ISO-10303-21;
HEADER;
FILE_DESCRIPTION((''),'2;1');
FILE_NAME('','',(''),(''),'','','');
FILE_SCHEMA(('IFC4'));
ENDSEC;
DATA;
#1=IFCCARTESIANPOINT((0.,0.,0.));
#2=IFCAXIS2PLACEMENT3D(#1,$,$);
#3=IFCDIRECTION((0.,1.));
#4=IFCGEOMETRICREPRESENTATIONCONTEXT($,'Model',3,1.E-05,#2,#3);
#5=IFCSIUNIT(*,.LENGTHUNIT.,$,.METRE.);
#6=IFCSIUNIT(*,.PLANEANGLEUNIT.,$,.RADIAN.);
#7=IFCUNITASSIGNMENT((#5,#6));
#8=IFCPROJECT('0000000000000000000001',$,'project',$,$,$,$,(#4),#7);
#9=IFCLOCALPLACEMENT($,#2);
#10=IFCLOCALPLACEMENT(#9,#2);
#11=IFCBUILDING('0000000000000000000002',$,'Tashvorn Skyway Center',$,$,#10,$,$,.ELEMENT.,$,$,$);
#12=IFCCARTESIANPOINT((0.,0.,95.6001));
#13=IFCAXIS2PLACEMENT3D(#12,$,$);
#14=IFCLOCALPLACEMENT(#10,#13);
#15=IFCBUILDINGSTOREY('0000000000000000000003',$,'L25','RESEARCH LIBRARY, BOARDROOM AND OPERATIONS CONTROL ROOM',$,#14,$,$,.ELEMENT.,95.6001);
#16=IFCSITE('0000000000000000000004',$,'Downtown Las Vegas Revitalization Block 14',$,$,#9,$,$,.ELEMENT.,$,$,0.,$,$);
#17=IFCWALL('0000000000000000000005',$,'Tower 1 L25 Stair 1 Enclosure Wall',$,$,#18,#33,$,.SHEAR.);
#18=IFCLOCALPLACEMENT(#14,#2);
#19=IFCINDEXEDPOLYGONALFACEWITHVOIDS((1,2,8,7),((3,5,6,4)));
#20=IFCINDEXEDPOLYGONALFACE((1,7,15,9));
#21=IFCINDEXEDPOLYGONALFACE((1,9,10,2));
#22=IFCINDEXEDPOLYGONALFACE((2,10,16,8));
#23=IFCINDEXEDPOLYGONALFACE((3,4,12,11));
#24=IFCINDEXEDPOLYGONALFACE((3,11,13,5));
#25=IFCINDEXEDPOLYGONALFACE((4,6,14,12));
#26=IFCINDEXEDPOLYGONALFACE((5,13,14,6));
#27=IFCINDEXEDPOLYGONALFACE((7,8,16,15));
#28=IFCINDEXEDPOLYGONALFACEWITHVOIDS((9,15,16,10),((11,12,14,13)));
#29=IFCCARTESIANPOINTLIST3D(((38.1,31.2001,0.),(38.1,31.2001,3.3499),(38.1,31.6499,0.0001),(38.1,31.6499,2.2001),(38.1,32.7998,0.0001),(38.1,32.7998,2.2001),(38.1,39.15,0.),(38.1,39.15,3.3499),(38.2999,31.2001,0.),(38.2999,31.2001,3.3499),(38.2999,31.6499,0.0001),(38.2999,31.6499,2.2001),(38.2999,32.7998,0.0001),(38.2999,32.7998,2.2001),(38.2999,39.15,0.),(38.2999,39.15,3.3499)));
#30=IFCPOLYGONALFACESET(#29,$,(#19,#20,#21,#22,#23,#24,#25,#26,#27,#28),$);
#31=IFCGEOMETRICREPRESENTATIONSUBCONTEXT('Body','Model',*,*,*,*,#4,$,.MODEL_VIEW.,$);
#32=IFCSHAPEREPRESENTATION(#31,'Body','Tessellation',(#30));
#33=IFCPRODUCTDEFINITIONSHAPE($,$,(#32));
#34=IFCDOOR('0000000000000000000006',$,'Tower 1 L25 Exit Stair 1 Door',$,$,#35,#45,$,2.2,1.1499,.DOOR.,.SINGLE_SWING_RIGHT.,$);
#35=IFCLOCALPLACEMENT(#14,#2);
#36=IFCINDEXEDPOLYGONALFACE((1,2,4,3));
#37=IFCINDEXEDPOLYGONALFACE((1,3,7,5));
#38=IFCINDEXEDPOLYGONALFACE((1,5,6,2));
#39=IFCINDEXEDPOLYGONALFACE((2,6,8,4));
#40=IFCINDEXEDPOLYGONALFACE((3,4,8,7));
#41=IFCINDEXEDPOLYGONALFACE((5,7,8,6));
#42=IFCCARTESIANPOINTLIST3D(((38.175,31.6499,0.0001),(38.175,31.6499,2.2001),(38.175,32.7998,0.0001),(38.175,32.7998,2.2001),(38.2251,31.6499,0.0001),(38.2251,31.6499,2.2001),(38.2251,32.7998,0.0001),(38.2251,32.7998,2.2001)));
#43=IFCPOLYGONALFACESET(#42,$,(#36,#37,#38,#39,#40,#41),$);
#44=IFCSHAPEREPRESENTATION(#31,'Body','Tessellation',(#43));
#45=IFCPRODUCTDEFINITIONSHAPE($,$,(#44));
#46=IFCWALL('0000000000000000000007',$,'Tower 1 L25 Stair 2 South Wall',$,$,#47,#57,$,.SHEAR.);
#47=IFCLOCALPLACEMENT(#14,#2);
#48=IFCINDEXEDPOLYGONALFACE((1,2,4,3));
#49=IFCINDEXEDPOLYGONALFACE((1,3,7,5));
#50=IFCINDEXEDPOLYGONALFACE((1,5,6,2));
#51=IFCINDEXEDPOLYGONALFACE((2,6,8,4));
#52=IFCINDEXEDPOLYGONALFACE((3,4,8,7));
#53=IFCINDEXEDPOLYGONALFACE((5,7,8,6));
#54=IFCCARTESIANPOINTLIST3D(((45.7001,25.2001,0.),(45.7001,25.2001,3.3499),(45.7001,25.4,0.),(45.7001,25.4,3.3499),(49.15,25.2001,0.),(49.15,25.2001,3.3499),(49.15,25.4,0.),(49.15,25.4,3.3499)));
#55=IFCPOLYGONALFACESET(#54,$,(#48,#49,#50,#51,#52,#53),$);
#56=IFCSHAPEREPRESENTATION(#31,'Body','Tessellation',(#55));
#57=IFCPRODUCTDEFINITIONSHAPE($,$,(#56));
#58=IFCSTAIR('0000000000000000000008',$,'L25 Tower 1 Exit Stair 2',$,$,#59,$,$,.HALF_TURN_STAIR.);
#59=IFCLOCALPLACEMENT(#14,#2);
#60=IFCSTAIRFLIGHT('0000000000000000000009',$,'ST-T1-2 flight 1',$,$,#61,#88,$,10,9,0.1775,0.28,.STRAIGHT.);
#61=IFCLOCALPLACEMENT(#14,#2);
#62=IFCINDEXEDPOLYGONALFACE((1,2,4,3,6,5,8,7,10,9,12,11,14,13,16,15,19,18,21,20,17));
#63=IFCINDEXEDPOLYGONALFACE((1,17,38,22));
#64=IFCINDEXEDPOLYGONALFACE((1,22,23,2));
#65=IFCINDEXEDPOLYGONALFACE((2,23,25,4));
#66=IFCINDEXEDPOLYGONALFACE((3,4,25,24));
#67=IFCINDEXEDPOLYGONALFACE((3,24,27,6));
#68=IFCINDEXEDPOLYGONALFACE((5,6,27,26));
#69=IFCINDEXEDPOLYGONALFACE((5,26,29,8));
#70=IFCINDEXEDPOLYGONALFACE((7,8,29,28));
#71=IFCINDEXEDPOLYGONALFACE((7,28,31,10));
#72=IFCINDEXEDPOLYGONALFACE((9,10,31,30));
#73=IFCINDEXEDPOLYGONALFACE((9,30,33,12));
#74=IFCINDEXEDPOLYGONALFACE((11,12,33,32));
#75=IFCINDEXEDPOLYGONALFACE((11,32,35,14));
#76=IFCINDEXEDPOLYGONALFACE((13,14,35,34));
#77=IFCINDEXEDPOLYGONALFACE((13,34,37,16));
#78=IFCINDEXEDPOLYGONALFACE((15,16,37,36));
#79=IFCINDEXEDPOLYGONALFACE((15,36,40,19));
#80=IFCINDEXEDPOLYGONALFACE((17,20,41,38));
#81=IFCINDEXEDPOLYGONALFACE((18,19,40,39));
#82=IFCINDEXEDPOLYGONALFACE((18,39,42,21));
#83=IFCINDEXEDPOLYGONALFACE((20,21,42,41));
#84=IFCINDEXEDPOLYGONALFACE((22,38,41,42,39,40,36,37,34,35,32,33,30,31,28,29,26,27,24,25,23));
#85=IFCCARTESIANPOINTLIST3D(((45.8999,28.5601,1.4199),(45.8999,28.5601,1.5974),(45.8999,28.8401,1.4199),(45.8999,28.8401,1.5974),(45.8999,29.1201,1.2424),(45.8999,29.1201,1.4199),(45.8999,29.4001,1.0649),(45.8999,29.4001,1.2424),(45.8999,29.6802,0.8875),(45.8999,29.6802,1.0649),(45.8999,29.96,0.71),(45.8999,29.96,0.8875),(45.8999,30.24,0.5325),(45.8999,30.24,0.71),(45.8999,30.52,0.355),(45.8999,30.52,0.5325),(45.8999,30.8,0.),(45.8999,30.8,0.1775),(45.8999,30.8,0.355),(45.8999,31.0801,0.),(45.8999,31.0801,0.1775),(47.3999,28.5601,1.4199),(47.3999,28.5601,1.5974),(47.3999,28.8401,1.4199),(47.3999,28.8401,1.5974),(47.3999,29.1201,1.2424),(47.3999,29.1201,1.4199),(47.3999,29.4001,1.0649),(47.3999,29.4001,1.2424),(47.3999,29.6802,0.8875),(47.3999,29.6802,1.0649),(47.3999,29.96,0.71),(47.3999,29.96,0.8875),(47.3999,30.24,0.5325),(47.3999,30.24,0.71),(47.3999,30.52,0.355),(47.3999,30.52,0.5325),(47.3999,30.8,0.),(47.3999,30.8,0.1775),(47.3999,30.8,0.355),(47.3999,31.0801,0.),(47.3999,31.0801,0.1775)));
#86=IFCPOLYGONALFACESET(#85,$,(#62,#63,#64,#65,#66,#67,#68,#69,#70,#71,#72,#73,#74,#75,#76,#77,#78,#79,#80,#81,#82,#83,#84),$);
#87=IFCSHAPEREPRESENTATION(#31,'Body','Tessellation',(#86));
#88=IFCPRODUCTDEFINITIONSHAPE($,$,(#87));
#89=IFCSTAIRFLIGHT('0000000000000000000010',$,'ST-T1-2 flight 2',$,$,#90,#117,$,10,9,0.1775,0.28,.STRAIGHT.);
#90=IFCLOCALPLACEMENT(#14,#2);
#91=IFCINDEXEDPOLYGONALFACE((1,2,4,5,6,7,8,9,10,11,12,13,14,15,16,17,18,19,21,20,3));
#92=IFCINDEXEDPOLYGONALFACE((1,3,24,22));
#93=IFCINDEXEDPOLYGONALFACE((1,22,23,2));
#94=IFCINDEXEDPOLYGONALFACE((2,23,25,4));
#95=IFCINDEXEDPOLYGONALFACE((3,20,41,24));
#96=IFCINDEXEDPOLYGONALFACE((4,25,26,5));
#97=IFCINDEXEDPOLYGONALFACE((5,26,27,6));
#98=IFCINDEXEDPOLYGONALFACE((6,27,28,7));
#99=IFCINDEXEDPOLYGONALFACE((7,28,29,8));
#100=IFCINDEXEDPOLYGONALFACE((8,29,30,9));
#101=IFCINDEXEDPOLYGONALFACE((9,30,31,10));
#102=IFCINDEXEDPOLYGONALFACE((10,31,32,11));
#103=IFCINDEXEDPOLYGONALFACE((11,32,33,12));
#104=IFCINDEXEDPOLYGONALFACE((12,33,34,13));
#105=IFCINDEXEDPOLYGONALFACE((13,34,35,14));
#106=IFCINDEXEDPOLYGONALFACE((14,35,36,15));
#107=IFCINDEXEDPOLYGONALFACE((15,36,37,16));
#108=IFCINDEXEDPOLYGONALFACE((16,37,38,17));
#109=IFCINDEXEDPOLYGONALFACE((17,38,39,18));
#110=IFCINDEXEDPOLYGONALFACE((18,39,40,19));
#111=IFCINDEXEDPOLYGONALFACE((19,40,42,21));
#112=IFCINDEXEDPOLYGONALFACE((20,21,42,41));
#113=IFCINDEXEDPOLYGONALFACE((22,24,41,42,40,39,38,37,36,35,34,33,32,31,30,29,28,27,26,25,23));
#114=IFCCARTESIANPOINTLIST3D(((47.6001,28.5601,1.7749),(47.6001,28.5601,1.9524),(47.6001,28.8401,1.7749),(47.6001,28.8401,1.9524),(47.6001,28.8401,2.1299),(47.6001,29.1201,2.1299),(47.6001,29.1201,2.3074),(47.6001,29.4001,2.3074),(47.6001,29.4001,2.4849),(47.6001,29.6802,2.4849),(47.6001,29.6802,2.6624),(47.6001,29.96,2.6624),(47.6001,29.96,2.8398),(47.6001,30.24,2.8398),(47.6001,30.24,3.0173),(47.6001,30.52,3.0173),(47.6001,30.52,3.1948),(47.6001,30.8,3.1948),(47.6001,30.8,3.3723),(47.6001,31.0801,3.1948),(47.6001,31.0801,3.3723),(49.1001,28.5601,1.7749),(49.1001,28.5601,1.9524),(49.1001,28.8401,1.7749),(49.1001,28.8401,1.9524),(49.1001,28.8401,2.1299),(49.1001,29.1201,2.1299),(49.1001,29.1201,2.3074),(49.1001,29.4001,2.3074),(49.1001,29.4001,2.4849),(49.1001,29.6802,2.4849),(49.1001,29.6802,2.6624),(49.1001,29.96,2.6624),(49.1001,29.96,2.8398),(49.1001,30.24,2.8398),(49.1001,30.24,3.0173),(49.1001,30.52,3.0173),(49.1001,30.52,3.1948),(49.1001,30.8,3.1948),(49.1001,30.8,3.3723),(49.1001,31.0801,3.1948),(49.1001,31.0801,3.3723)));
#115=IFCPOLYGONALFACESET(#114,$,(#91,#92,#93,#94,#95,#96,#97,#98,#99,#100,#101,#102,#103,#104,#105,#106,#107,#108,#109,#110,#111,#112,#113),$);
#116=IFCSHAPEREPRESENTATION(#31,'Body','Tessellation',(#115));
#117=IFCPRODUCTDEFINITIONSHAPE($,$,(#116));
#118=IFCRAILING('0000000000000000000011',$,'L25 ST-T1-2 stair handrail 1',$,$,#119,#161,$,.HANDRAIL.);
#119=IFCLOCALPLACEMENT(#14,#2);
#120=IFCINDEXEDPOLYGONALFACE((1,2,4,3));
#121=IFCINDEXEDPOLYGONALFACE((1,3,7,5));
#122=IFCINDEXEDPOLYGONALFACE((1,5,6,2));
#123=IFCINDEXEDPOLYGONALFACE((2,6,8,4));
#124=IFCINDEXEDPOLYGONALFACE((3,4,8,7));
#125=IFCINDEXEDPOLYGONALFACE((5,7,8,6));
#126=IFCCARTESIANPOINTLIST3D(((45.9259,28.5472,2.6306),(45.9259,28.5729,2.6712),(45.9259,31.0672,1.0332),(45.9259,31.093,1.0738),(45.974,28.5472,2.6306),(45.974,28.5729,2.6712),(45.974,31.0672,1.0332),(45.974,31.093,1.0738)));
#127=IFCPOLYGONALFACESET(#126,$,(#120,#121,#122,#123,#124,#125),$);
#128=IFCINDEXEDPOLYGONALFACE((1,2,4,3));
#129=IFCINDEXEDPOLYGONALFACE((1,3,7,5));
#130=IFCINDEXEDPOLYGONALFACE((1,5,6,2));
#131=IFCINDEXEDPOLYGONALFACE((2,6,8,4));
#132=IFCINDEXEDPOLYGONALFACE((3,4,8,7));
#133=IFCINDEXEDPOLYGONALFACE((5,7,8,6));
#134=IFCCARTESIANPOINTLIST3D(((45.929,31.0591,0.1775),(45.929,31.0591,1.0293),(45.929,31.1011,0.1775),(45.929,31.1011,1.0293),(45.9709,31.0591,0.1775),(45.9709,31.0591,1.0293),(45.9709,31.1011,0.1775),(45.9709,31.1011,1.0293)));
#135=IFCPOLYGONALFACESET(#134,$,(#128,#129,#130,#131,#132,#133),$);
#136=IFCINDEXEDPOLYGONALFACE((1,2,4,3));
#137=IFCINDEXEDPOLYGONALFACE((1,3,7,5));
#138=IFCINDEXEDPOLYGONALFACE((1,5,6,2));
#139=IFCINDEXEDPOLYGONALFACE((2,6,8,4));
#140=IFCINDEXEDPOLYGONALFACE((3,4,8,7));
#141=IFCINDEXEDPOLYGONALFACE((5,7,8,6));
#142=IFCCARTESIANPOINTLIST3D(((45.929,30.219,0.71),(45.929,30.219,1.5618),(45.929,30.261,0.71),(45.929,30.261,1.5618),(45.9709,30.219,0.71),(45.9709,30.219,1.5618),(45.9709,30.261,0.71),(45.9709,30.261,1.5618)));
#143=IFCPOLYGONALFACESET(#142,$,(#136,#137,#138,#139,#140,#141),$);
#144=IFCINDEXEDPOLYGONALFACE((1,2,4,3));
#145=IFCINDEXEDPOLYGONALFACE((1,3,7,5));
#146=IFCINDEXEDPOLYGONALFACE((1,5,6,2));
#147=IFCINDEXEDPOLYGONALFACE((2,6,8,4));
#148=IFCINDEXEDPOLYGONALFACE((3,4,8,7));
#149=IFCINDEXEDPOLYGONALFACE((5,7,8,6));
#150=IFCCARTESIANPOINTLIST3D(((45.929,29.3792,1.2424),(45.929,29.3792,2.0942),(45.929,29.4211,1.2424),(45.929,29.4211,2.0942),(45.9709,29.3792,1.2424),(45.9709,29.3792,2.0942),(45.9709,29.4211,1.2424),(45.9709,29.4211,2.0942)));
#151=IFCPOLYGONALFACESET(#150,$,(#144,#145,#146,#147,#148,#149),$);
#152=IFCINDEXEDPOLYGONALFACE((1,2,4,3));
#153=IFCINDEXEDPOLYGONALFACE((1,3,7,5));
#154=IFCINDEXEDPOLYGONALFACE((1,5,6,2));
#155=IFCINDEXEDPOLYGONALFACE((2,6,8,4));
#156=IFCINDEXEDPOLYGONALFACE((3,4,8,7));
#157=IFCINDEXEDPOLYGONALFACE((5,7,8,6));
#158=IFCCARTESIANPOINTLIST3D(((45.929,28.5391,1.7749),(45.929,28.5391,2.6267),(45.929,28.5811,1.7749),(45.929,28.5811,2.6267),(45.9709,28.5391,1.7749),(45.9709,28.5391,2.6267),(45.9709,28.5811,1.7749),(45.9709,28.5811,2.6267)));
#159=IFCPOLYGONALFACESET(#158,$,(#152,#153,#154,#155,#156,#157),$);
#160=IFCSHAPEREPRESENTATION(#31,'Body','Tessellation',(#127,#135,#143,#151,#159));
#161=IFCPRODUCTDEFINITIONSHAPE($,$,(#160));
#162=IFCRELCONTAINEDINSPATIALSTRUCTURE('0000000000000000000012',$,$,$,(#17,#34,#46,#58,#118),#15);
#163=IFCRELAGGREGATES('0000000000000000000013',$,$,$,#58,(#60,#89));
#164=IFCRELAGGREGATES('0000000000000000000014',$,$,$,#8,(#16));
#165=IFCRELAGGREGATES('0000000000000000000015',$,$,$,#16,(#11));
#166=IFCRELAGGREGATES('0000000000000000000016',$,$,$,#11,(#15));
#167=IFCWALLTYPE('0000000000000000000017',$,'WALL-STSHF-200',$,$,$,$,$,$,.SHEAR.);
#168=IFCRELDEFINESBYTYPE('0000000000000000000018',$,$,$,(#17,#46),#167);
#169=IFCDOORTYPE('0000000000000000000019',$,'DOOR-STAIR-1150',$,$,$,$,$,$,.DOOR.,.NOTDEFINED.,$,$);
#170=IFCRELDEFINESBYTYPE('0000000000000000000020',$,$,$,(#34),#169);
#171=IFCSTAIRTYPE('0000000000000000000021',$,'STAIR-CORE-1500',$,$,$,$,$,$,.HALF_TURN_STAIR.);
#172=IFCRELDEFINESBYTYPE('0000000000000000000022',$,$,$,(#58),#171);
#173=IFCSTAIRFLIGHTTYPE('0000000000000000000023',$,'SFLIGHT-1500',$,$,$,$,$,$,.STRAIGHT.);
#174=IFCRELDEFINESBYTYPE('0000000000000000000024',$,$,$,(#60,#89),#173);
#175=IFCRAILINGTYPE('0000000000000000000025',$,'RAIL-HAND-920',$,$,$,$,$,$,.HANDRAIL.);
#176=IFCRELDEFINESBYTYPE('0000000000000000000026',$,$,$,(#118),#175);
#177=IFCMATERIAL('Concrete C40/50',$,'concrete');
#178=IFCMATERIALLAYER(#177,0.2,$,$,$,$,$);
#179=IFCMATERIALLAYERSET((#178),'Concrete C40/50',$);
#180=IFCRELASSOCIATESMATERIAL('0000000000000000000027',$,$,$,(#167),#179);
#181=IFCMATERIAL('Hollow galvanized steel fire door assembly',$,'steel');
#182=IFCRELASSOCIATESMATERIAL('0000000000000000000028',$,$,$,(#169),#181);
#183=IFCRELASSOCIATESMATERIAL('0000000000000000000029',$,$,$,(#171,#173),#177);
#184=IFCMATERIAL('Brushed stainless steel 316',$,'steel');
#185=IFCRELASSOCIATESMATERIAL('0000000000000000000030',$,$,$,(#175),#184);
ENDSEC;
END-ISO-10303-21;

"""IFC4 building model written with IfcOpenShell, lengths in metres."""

from ifc_helpers import new_model, si_unit, direction, frame, frame_2d, origin, origin_2d, place, context, subcontext, project, spatial, polyline, rectangle, outline, extrude, material, layer, layer_set, type_object, element, fill, aggregate, save


model = new_model("IFC4")

# Units and contexts
model_context = context("Model", 3, precision=1e-05, world=origin(), true_north=direction((0.0, 1.0)))
body_context = subcontext(model_context, "Body", "Model", "MODEL_VIEW")
ifc_project = project(units=[si_unit("LENGTHUNIT", "METRE"), si_unit("PLANEANGLEUNIT", "RADIAN")], contexts=[model_context])

# Site, building, storey
site_placement = place(None, origin())
site = spatial("IfcSite", under=ifc_project, at=site_placement, Name="Downtown Las Vegas Revitalization Block 14", CompositionType="ELEMENT", RefElevation=0.0)
building_placement = place(site_placement, origin())
building = spatial("IfcBuilding", under=site, at=building_placement, Name="Tashvorn Skyway Center", CompositionType="ELEMENT")
storey_placement = place(building_placement, frame((0.0, 0.0, 95.6001)))
storey = spatial("IfcBuildingStorey", under=building, at=storey_placement, Name="L25", Description="RESEARCH LIBRARY, BOARDROOM AND OPERATIONS CONTROL ROOM", CompositionType="ELEMENT", Elevation=95.6001)

# Shared definitions
ifc_material_1 = material(Name="Concrete C40/50", Category="concrete")
ifc_material_2 = material(Name="Hollow galvanized steel fire door assembly", Category="steel")

# Wall, opening, door
ifc_layer_1 = layer(ifc_material_1, 0.2)
ifc_layer_set_1 = layer_set([ifc_layer_1], Name="Concrete C40/50")
wall_type_1 = type_object("IfcWallType", Name="WALL-STSHF-200", PredefinedType="SHEAR", material=ifc_layer_set_1)
wall_1_placement = place(storey_placement, frame((38.2, 31.2, 0.0), z_axis=(0.0, 0.0, 1.0), x_axis=(0.0, 1.0, 0.0)))
wall_1 = element("IfcWall", 1, at=wall_1_placement, inside=storey, type_object=wall_type_1, Name="Tower 1 L25 Stair 1 Enclosure Wall", PredefinedType="SHEAR", context=body_context, shape_type="SweptSolid", body=[
    extrude(rectangle(XDim=7.95, YDim=0.2, at=frame_2d((3.9751, 0.0))), origin(), (0.0, 0.0, 1.0), 3.3499),
])
opening_1_placement = place(wall_1_placement, frame((0.45, 0.0, 0.0)))
opening_1 = element("IfcOpeningElement", 2, at=opening_1_placement, cuts=wall_1, PredefinedType="OPENING", context=body_context, shape_type="SweptSolid", body=[
    extrude(rectangle(XDim=1.1499, YDim=2.2, at=frame_2d((0.575, 1.1001))), frame((0.0, 0.1099, 0.0), z_axis=(0.0, -1.0, 0.0), x_axis=(1.0, 0.0, 0.0)), (0.0, 0.0, 1.0), 0.22),
])
door_type_1 = type_object("IfcDoorType", Name="DOOR-STAIR-1150", OperationType="NOTDEFINED", PredefinedType="DOOR", material=ifc_material_2)
door_1_placement = place(opening_1_placement, origin())
door_1 = element("IfcDoor", 3, at=door_1_placement, inside=storey, type_object=door_type_1, Name="Tower 1 L25 Exit Stair 1 Door", OperationType="SINGLE_SWING_RIGHT", OverallHeight=2.2, OverallWidth=1.1499, PredefinedType="DOOR", context=body_context, shape_type="SweptSolid", body=[
    extrude(rectangle(XDim=1.1499, YDim=2.2, at=frame_2d((0.575, 1.1001))), frame((0.0, 0.0249, 0.0), z_axis=(0.0, -1.0, 0.0), x_axis=(1.0, 0.0, 0.0)), (0.0, 0.0, 1.0), 0.05),
])
fill(opening_1, door_1)

# Wall
wall_2_placement = place(storey_placement, frame((45.7, 25.3, 0.0), z_axis=(0.0, 0.0, 1.0), x_axis=(1.0, 0.0, 0.0)))
element("IfcWall", 4, at=wall_2_placement, inside=storey, type_object=wall_type_1, Name="Tower 1 L25 Stair 2 South Wall", PredefinedType="SHEAR", context=body_context, shape_type="SweptSolid", body=[
    extrude(rectangle(XDim=3.45, YDim=0.2, at=frame_2d((1.7251, 0.0))), origin(), (0.0, 0.0, 1.0), 3.3499),
])

# Stair, stair flights
stair_type = type_object("IfcStairType", Name="STAIR-CORE-1500", PredefinedType="HALF_TURN_STAIR", material=ifc_material_1)
stair_placement = place(storey_placement, origin())
stair = element("IfcStair", 5, at=stair_placement, inside=storey, type_object=stair_type, Name="L25 Tower 1 Exit Stair 2", PredefinedType="HALF_TURN_STAIR")
stair_flight_type = type_object("IfcStairFlightType", Name="SFLIGHT-1500", PredefinedType="STRAIGHT", material=ifc_material_1)
stair_flight_1_placement = place(storey_placement, frame((46.6499, 31.0801, 0.0), z_axis=(0.0, 0.0, 1.0), x_axis=(0.0, -1.0, 0.0)))
stair_flight_1 = element("IfcStairFlight", 6, at=stair_flight_1_placement, type_object=stair_flight_type, Name="ST-T1-2 flight 1", NumberOfRisers=10, NumberOfTreads=9, PredefinedType="STRAIGHT", RiserHeight=0.1775, TreadLength=0.28, context=body_context, shape_type="SweptSolid", body=[
    extrude(outline(polyline([(0.0, 0.0), (0.0, 0.1775), (0.28, 0.1775), (0.28, 0.355), (0.5601, 0.355), (0.5601, 0.5325), (0.8401, 0.5325), (0.8401, 0.71), (1.1201, 0.71), (1.1201, 0.8875), (1.3999, 0.8875), (1.3999, 1.0649), (1.6799, 1.0649), (1.6799, 1.2424), (1.96, 1.2424), (1.96, 1.4199), (2.24, 1.4199), (2.24, 1.5974), (2.52, 1.5974), (2.52, 1.7749), (2.52, 1.4199), (0.28, 0.0), (0.0, 0.0)])), frame((0.0, 0.75, 0.0), z_axis=(0.0, -1.0, 0.0), x_axis=(1.0, 0.0, 0.0)), (0.0, 0.0, 1.0), 1.5),
])
stair_flight_2_placement = place(storey_placement, frame((48.3501, 28.5601, 1.7749), z_axis=(0.0, 0.0, 1.0), x_axis=(0.0, 1.0, 0.0)))
stair_flight_2 = element("IfcStairFlight", 7, at=stair_flight_2_placement, type_object=stair_flight_type, Name="ST-T1-2 flight 2", NumberOfRisers=10, NumberOfTreads=9, PredefinedType="STRAIGHT", RiserHeight=0.1775, TreadLength=0.28, context=body_context, shape_type="SweptSolid", body=[
    extrude(outline(polyline([(0.0, 0.0), (0.0, 0.1775), (0.28, 0.1775), (0.28, 0.355), (0.5601, 0.355), (0.5601, 0.5325), (0.8401, 0.5325), (0.8401, 0.71), (1.1201, 0.71), (1.1201, 0.8875), (1.3999, 0.8875), (1.3999, 1.0649), (1.6799, 1.0649), (1.6799, 1.2424), (1.96, 1.2424), (1.96, 1.4199), (2.24, 1.4199), (2.24, 1.5974), (2.52, 1.5974), (2.52, 1.7749), (2.52, 1.4199), (0.28, 0.0), (0.0, 0.0)])), frame((0.0, 0.75, 0.0), z_axis=(0.0, -1.0, 0.0), x_axis=(1.0, 0.0, 0.0)), (0.0, 0.0, 1.0), 1.5),
])
aggregate(stair, [stair_flight_1, stair_flight_2])

# Railing
ifc_material_3 = material(Name="Brushed stainless steel 316", Category="steel")
railing_type_1 = type_object("IfcRailingType", Name="RAIL-HAND-920", PredefinedType="HANDRAIL", material=ifc_material_3)
railing_1_placement = place(storey_placement, frame((45.95, 31.0801, 0.1775)))
element("IfcRailing", 8, at=railing_1_placement, inside=storey, type_object=railing_type_1, Name="L25 ST-T1-2 stair handrail 1", PredefinedType="HANDRAIL", context=body_context, shape_type="SweptSolid", body=[
    extrude(rectangle(XDim=0.0481, YDim=0.0481, at=origin_2d()), frame((0.0, 0.0, 0.876), z_axis=(0.0, -0.844607, 0.535387), x_axis=(1.0, 0.0, 0.0)), (0.0, 0.0, 1.0), 2.9836),
    extrude(rectangle(XDim=0.042, YDim=0.042, at=origin_2d()), origin(), (0.0, 0.0, 1.0), 0.8518),
    extrude(rectangle(XDim=0.042, YDim=0.042, at=origin_2d()), frame((0.0, -0.8401, 0.5325)), (0.0, 0.0, 1.0), 0.8518),
    extrude(rectangle(XDim=0.042, YDim=0.042, at=origin_2d()), frame((0.0, -1.6799, 1.0649)), (0.0, 0.0, 1.0), 0.8518),
    extrude(rectangle(XDim=0.042, YDim=0.042, at=origin_2d()), frame((0.0, -2.52, 1.5974)), (0.0, 0.0, 1.0), 0.8518),
])

save(model, "model.ifc")
